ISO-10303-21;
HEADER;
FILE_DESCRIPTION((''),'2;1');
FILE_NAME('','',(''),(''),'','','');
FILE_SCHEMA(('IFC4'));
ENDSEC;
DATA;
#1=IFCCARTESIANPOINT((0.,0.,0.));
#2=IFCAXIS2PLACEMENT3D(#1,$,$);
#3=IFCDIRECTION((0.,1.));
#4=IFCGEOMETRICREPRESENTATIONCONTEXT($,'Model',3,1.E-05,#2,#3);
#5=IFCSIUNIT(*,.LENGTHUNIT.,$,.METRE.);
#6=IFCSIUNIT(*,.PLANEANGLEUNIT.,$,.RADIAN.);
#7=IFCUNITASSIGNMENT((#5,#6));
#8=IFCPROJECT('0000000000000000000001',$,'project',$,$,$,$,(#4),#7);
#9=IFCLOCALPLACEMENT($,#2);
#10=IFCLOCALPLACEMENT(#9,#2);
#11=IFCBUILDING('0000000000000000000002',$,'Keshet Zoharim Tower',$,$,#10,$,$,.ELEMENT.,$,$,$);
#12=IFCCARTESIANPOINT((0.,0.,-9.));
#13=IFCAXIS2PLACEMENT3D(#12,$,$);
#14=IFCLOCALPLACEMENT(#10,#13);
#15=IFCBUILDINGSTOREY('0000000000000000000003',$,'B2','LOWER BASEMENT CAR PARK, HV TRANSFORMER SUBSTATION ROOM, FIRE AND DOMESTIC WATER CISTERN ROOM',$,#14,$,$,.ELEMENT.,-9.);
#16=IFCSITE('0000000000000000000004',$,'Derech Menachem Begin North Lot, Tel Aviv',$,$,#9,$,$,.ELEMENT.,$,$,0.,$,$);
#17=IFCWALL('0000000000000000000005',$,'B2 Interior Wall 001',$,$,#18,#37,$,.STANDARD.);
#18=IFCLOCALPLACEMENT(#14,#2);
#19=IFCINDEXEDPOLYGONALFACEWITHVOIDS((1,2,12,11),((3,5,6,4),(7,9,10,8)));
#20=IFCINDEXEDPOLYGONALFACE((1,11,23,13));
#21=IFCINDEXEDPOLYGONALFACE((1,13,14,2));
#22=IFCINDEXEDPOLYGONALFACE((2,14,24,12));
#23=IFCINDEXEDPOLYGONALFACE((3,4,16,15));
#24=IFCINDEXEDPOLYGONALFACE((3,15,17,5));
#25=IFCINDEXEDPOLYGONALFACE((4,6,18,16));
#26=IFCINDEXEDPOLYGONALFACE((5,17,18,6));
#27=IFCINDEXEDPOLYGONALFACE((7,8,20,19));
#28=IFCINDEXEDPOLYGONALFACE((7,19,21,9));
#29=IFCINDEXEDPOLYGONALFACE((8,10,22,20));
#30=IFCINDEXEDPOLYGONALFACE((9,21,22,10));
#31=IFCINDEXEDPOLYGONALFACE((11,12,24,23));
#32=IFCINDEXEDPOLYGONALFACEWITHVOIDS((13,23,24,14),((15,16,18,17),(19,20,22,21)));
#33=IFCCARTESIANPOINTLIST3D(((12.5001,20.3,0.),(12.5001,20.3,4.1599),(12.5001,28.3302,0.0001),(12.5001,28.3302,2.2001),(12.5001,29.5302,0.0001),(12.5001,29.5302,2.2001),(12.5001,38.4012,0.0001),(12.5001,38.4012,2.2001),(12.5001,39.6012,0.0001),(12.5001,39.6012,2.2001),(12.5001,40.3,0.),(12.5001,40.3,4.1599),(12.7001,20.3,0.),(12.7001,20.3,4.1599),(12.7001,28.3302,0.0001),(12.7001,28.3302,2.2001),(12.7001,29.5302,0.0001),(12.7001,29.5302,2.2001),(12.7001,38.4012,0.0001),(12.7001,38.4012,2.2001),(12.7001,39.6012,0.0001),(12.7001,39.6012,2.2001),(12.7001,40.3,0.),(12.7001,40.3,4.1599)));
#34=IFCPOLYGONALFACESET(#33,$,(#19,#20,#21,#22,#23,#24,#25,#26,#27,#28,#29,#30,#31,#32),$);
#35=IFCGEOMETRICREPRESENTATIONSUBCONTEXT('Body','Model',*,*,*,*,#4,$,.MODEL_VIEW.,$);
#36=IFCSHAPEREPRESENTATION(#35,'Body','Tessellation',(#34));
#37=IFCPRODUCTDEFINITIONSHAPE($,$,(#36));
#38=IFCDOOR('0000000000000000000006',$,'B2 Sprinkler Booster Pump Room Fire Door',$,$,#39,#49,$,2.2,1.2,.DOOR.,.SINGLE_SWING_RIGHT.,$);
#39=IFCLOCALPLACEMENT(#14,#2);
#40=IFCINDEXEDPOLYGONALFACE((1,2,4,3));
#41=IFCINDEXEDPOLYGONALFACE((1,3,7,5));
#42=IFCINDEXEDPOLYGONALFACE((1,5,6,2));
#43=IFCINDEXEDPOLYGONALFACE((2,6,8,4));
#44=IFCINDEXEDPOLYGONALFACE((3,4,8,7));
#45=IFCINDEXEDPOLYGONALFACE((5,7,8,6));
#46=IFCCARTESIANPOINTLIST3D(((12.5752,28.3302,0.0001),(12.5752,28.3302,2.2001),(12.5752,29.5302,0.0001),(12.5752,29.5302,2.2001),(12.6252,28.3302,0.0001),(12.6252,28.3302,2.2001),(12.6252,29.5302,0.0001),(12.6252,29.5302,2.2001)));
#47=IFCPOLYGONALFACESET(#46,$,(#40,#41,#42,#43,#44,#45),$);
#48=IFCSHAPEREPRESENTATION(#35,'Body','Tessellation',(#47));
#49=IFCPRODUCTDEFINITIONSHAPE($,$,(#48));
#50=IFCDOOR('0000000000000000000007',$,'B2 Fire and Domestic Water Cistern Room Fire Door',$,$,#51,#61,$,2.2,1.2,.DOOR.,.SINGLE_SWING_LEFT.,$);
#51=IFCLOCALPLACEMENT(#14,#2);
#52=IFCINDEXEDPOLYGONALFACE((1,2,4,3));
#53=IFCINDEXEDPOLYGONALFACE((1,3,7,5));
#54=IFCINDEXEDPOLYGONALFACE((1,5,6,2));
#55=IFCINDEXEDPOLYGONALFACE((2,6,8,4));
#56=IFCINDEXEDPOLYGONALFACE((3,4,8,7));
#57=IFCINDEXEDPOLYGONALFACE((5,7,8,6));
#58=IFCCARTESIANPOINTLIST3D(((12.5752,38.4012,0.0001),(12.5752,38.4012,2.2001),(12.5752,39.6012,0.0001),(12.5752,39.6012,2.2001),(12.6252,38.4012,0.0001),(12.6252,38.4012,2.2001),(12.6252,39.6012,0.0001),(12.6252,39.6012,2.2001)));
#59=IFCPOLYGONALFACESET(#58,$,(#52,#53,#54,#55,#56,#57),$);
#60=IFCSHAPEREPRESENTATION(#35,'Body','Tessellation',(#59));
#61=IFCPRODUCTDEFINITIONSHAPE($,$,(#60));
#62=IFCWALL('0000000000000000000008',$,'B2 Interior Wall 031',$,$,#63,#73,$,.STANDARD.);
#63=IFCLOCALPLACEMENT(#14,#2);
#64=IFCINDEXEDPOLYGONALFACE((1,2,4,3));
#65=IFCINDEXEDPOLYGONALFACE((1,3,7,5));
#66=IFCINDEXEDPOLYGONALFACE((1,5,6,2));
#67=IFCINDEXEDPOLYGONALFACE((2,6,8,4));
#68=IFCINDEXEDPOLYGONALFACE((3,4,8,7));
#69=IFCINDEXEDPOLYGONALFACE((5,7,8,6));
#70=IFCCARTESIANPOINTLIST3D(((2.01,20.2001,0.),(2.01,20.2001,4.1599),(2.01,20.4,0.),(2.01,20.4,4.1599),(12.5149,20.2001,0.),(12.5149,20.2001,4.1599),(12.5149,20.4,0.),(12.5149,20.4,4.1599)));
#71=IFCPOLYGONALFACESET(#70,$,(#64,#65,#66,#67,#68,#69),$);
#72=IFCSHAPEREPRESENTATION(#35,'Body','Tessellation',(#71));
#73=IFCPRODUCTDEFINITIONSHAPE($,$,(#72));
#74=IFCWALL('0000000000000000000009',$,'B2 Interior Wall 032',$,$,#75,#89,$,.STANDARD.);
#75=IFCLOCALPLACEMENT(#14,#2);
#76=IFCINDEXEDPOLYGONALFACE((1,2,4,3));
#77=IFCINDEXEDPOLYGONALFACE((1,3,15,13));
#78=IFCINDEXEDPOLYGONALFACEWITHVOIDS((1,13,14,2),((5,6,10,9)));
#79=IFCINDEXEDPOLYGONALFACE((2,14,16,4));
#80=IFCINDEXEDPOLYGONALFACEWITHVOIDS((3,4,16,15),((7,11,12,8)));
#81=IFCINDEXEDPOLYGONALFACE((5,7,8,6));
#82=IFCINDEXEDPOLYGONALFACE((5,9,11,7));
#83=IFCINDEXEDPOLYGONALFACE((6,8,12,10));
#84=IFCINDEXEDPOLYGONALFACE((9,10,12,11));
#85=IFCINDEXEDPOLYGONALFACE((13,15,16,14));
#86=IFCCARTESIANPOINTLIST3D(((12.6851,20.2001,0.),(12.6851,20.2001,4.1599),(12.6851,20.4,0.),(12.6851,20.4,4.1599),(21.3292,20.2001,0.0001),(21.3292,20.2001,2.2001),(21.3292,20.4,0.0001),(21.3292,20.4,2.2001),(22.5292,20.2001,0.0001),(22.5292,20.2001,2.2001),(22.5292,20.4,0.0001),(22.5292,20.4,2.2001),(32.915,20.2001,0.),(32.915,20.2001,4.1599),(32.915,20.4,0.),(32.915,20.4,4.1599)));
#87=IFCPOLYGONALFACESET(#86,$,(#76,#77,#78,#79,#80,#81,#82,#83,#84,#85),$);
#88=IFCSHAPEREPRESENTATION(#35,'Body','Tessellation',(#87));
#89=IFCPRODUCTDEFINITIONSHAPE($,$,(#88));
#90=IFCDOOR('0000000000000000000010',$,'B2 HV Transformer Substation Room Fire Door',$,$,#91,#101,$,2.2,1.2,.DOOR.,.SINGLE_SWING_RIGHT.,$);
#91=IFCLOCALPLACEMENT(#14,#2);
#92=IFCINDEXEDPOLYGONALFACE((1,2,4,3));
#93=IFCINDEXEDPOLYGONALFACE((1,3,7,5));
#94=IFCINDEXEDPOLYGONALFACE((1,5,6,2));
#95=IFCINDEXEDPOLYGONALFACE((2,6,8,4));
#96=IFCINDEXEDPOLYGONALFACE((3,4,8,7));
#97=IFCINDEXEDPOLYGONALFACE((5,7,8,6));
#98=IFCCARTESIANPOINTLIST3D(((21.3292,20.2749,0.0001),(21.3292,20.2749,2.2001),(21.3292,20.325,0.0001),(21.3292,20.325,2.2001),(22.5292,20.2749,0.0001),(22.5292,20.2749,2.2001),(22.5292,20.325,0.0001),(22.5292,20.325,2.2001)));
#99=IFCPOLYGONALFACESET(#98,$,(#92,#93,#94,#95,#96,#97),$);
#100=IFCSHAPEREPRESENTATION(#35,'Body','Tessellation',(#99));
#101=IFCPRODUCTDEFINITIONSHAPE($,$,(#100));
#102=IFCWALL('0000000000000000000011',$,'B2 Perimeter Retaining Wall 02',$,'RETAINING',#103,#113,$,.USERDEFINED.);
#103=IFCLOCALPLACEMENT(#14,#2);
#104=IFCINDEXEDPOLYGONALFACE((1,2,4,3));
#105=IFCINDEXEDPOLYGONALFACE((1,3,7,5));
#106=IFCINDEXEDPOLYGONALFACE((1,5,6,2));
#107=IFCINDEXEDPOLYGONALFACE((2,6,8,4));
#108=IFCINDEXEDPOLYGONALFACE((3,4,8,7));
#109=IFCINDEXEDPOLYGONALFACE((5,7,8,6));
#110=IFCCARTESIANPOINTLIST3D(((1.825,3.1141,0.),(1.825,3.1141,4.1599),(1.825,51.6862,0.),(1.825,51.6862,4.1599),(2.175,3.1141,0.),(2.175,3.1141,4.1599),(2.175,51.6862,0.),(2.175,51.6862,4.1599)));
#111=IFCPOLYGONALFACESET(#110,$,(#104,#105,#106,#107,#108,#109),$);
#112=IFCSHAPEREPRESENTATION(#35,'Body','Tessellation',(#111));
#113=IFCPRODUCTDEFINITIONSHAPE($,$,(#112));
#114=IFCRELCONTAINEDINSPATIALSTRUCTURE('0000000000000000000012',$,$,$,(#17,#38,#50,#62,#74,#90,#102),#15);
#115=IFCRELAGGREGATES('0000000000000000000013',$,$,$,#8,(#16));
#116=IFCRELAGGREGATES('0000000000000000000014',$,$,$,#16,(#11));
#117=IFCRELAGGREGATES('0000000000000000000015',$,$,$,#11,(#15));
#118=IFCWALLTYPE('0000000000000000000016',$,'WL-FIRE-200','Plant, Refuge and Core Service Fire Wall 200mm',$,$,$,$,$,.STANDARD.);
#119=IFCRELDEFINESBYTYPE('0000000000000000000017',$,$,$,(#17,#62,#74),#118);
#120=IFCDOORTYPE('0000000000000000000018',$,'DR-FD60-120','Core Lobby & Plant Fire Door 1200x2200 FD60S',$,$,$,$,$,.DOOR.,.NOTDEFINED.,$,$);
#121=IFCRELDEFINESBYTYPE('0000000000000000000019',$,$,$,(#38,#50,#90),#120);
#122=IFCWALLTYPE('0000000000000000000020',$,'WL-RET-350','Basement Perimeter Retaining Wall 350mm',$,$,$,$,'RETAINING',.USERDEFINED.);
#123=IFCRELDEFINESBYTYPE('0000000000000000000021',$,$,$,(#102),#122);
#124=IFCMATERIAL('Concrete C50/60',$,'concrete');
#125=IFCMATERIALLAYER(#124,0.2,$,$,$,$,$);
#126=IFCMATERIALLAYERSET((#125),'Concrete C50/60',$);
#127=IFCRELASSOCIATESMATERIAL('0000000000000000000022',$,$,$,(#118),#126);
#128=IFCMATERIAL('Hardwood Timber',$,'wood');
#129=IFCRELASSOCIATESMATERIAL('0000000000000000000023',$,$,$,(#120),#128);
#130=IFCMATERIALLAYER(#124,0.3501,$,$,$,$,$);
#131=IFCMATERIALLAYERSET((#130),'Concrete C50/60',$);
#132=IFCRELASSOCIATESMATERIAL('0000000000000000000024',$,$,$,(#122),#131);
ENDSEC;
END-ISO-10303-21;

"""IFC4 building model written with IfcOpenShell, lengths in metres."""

from ifc_helpers import new_model, si_unit, direction, frame, frame_2d, origin, place, context, subcontext, project, spatial, rectangle, extrude, material, layer, layer_set, type_object, element, fill, save


model = new_model("IFC4")

# Units and contexts
model_context = context("Model", 3, precision=1e-05, world=origin(), true_north=direction((0.0, 1.0)))
body_context = subcontext(model_context, "Body", "Model", "MODEL_VIEW")
ifc_project = project(units=[si_unit("LENGTHUNIT", "METRE"), si_unit("PLANEANGLEUNIT", "RADIAN")], contexts=[model_context])

# Site, building, storey
site_placement = place(None, origin())
site = spatial("IfcSite", under=ifc_project, at=site_placement, Name="Derech Menachem Begin North Lot, Tel Aviv", CompositionType="ELEMENT", RefElevation=0.0)
building_placement = place(site_placement, origin())
building = spatial("IfcBuilding", under=site, at=building_placement, Name="Keshet Zoharim Tower", CompositionType="ELEMENT")
storey_placement = place(building_placement, frame((0.0, 0.0, -9.0)))
storey = spatial("IfcBuildingStorey", under=building, at=storey_placement, Name="B2", Description="LOWER BASEMENT CAR PARK, HV TRANSFORMER SUBSTATION ROOM, FIRE AND DOMESTIC WATER CISTERN ROOM", CompositionType="ELEMENT", Elevation=-9.0)

# Shared definitions
ifc_material_1 = material(Name="Concrete C50/60", Category="concrete")

# Wall, openings, doors
ifc_layer_1 = layer(ifc_material_1, 0.2)
ifc_layer_set_1 = layer_set([ifc_layer_1], Name="Concrete C50/60")
wall_type_1 = type_object("IfcWallType", Name="WL-FIRE-200", Description="Plant, Refuge and Core Service Fire Wall 200mm", PredefinedType="STANDARD", material=ifc_layer_set_1)
wall_1_placement = place(storey_placement, frame((12.6001, 20.3, 0.0), z_axis=(0.0, 0.0, 1.0), x_axis=(0.0, 1.0, 0.0)))
wall_1 = element("IfcWall", 1, at=wall_1_placement, inside=storey, type_object=wall_type_1, Name="B2 Interior Wall 001", PredefinedType="STANDARD", context=body_context, shape_type="SweptSolid", body=[
    extrude(rectangle(XDim=20.0, YDim=0.2, at=frame_2d((10.0, 0.0))), origin(), (0.0, 0.0, 1.0), 4.1599),
])
opening_1_placement = place(wall_1_placement, frame((8.03, 0.0, 0.0)))
opening_1 = element("IfcOpeningElement", 2, at=opening_1_placement, cuts=wall_1, PredefinedType="OPENING", context=body_context, shape_type="SweptSolid", body=[
    extrude(rectangle(XDim=1.2, YDim=2.2, at=frame_2d((0.6001, 1.1001))), frame((0.0, 0.1099, 0.0), z_axis=(0.0, -1.0, 0.0), x_axis=(1.0, 0.0, 0.0)), (0.0, 0.0, 1.0), 0.22),
])
opening_2_placement = place(wall_1_placement, frame((18.1011, 0.0, 0.0)))
opening_2 = element("IfcOpeningElement", 3, at=opening_2_placement, cuts=wall_1, PredefinedType="OPENING", context=body_context, shape_type="SweptSolid", body=[
    extrude(rectangle(XDim=1.2, YDim=2.2, at=frame_2d((0.6001, 1.1001))), frame((0.0, 0.1099, 0.0), z_axis=(0.0, -1.0, 0.0), x_axis=(1.0, 0.0, 0.0)), (0.0, 0.0, 1.0), 0.22),
])
ifc_material_2 = material(Name="Hardwood Timber", Category="wood")
door_type = type_object("IfcDoorType", Name="DR-FD60-120", Description="Core Lobby & Plant Fire Door 1200x2200 FD60S", OperationType="NOTDEFINED", PredefinedType="DOOR", material=ifc_material_2)
door_1_placement = place(opening_1_placement, origin())
door_1 = element("IfcDoor", 4, at=door_1_placement, inside=storey, type_object=door_type, Name="B2 Sprinkler Booster Pump Room Fire Door", OperationType="SINGLE_SWING_RIGHT", OverallHeight=2.2, OverallWidth=1.2, PredefinedType="DOOR", context=body_context, shape_type="SweptSolid", body=[
    extrude(rectangle(XDim=1.2, YDim=2.2, at=frame_2d((0.6001, 1.1001))), frame((0.0, 0.0249, 0.0), z_axis=(0.0, -1.0, 0.0), x_axis=(1.0, 0.0, 0.0)), (0.0, 0.0, 1.0), 0.05),
])
fill(opening_1, door_1)
door_2_placement = place(opening_2_placement, origin())
door_2 = element("IfcDoor", 5, at=door_2_placement, inside=storey, type_object=door_type, Name="B2 Fire and Domestic Water Cistern Room Fire Door", OperationType="SINGLE_SWING_LEFT", OverallHeight=2.2, OverallWidth=1.2, PredefinedType="DOOR", context=body_context, shape_type="SweptSolid", body=[
    extrude(rectangle(XDim=1.2, YDim=2.2, at=frame_2d((0.6001, 1.1001))), frame((0.0, 0.0249, 0.0), z_axis=(0.0, -1.0, 0.0), x_axis=(1.0, 0.0, 0.0)), (0.0, 0.0, 1.0), 0.05),
])
fill(opening_2, door_2)

# Wall
wall_2_placement = place(storey_placement, frame((2.01, 20.3, 0.0), z_axis=(0.0, 0.0, 1.0), x_axis=(1.0, 0.0, 0.0)))
element("IfcWall", 6, at=wall_2_placement, inside=storey, type_object=wall_type_1, Name="B2 Interior Wall 031", PredefinedType="STANDARD", context=body_context, shape_type="SweptSolid", body=[
    extrude(rectangle(XDim=10.5049, YDim=0.2, at=frame_2d((5.2524, 0.0))), origin(), (0.0, 0.0, 1.0), 4.1599),
])

# Wall, opening, door
wall_3_placement = place(storey_placement, frame((12.6851, 20.3, 0.0), z_axis=(0.0, 0.0, 1.0), x_axis=(1.0, 0.0, 0.0)))
wall_3 = element("IfcWall", 7, at=wall_3_placement, inside=storey, type_object=wall_type_1, Name="B2 Interior Wall 032", PredefinedType="STANDARD", context=body_context, shape_type="SweptSolid", body=[
    extrude(rectangle(XDim=20.23, YDim=0.2, at=frame_2d((10.115, 0.0))), origin(), (0.0, 0.0, 1.0), 4.1599),
])
opening_3_placement = place(wall_3_placement, frame((8.644, 0.0, 0.0)))
opening_3 = element("IfcOpeningElement", 8, at=opening_3_placement, cuts=wall_3, PredefinedType="OPENING", context=body_context, shape_type="SweptSolid", body=[
    extrude(rectangle(XDim=1.2, YDim=2.2, at=frame_2d((0.6001, 1.1001))), frame((0.0, 0.1099, 0.0), z_axis=(0.0, -1.0, 0.0), x_axis=(1.0, 0.0, 0.0)), (0.0, 0.0, 1.0), 0.22),
])
door_3_placement = place(opening_3_placement, origin())
door_3 = element("IfcDoor", 9, at=door_3_placement, inside=storey, type_object=door_type, Name="B2 HV Transformer Substation Room Fire Door", OperationType="SINGLE_SWING_RIGHT", OverallHeight=2.2, OverallWidth=1.2, PredefinedType="DOOR", context=body_context, shape_type="SweptSolid", body=[
    extrude(rectangle(XDim=1.2, YDim=2.2, at=frame_2d((0.6001, 1.1001))), frame((0.0, 0.0249, 0.0), z_axis=(0.0, -1.0, 0.0), x_axis=(1.0, 0.0, 0.0)), (0.0, 0.0, 1.0), 0.05),
])
fill(opening_3, door_3)

# Wall
ifc_layer_2 = layer(ifc_material_1, 0.3501)
ifc_layer_set_2 = layer_set([ifc_layer_2], Name="Concrete C50/60")
wall_type_2 = type_object("IfcWallType", Name="WL-RET-350", Description="Basement Perimeter Retaining Wall 350mm", ElementType="RETAINING", PredefinedType="USERDEFINED", material=ifc_layer_set_2)
wall_4_placement = place(storey_placement, frame((2.0, 3.114, 0.0), z_axis=(0.0, 0.0, 1.0), x_axis=(0.0, 1.0, 0.0)))
element("IfcWall", 10, at=wall_4_placement, inside=storey, type_object=wall_type_2, Name="B2 Perimeter Retaining Wall 02", ObjectType="RETAINING", PredefinedType="USERDEFINED", context=body_context, shape_type="SweptSolid", body=[
    extrude(rectangle(XDim=48.572, YDim=0.3501, at=frame_2d((24.2861, 0.0))), origin(), (0.0, 0.0, 1.0), 4.1599),
])

save(model, "model.ifc")
